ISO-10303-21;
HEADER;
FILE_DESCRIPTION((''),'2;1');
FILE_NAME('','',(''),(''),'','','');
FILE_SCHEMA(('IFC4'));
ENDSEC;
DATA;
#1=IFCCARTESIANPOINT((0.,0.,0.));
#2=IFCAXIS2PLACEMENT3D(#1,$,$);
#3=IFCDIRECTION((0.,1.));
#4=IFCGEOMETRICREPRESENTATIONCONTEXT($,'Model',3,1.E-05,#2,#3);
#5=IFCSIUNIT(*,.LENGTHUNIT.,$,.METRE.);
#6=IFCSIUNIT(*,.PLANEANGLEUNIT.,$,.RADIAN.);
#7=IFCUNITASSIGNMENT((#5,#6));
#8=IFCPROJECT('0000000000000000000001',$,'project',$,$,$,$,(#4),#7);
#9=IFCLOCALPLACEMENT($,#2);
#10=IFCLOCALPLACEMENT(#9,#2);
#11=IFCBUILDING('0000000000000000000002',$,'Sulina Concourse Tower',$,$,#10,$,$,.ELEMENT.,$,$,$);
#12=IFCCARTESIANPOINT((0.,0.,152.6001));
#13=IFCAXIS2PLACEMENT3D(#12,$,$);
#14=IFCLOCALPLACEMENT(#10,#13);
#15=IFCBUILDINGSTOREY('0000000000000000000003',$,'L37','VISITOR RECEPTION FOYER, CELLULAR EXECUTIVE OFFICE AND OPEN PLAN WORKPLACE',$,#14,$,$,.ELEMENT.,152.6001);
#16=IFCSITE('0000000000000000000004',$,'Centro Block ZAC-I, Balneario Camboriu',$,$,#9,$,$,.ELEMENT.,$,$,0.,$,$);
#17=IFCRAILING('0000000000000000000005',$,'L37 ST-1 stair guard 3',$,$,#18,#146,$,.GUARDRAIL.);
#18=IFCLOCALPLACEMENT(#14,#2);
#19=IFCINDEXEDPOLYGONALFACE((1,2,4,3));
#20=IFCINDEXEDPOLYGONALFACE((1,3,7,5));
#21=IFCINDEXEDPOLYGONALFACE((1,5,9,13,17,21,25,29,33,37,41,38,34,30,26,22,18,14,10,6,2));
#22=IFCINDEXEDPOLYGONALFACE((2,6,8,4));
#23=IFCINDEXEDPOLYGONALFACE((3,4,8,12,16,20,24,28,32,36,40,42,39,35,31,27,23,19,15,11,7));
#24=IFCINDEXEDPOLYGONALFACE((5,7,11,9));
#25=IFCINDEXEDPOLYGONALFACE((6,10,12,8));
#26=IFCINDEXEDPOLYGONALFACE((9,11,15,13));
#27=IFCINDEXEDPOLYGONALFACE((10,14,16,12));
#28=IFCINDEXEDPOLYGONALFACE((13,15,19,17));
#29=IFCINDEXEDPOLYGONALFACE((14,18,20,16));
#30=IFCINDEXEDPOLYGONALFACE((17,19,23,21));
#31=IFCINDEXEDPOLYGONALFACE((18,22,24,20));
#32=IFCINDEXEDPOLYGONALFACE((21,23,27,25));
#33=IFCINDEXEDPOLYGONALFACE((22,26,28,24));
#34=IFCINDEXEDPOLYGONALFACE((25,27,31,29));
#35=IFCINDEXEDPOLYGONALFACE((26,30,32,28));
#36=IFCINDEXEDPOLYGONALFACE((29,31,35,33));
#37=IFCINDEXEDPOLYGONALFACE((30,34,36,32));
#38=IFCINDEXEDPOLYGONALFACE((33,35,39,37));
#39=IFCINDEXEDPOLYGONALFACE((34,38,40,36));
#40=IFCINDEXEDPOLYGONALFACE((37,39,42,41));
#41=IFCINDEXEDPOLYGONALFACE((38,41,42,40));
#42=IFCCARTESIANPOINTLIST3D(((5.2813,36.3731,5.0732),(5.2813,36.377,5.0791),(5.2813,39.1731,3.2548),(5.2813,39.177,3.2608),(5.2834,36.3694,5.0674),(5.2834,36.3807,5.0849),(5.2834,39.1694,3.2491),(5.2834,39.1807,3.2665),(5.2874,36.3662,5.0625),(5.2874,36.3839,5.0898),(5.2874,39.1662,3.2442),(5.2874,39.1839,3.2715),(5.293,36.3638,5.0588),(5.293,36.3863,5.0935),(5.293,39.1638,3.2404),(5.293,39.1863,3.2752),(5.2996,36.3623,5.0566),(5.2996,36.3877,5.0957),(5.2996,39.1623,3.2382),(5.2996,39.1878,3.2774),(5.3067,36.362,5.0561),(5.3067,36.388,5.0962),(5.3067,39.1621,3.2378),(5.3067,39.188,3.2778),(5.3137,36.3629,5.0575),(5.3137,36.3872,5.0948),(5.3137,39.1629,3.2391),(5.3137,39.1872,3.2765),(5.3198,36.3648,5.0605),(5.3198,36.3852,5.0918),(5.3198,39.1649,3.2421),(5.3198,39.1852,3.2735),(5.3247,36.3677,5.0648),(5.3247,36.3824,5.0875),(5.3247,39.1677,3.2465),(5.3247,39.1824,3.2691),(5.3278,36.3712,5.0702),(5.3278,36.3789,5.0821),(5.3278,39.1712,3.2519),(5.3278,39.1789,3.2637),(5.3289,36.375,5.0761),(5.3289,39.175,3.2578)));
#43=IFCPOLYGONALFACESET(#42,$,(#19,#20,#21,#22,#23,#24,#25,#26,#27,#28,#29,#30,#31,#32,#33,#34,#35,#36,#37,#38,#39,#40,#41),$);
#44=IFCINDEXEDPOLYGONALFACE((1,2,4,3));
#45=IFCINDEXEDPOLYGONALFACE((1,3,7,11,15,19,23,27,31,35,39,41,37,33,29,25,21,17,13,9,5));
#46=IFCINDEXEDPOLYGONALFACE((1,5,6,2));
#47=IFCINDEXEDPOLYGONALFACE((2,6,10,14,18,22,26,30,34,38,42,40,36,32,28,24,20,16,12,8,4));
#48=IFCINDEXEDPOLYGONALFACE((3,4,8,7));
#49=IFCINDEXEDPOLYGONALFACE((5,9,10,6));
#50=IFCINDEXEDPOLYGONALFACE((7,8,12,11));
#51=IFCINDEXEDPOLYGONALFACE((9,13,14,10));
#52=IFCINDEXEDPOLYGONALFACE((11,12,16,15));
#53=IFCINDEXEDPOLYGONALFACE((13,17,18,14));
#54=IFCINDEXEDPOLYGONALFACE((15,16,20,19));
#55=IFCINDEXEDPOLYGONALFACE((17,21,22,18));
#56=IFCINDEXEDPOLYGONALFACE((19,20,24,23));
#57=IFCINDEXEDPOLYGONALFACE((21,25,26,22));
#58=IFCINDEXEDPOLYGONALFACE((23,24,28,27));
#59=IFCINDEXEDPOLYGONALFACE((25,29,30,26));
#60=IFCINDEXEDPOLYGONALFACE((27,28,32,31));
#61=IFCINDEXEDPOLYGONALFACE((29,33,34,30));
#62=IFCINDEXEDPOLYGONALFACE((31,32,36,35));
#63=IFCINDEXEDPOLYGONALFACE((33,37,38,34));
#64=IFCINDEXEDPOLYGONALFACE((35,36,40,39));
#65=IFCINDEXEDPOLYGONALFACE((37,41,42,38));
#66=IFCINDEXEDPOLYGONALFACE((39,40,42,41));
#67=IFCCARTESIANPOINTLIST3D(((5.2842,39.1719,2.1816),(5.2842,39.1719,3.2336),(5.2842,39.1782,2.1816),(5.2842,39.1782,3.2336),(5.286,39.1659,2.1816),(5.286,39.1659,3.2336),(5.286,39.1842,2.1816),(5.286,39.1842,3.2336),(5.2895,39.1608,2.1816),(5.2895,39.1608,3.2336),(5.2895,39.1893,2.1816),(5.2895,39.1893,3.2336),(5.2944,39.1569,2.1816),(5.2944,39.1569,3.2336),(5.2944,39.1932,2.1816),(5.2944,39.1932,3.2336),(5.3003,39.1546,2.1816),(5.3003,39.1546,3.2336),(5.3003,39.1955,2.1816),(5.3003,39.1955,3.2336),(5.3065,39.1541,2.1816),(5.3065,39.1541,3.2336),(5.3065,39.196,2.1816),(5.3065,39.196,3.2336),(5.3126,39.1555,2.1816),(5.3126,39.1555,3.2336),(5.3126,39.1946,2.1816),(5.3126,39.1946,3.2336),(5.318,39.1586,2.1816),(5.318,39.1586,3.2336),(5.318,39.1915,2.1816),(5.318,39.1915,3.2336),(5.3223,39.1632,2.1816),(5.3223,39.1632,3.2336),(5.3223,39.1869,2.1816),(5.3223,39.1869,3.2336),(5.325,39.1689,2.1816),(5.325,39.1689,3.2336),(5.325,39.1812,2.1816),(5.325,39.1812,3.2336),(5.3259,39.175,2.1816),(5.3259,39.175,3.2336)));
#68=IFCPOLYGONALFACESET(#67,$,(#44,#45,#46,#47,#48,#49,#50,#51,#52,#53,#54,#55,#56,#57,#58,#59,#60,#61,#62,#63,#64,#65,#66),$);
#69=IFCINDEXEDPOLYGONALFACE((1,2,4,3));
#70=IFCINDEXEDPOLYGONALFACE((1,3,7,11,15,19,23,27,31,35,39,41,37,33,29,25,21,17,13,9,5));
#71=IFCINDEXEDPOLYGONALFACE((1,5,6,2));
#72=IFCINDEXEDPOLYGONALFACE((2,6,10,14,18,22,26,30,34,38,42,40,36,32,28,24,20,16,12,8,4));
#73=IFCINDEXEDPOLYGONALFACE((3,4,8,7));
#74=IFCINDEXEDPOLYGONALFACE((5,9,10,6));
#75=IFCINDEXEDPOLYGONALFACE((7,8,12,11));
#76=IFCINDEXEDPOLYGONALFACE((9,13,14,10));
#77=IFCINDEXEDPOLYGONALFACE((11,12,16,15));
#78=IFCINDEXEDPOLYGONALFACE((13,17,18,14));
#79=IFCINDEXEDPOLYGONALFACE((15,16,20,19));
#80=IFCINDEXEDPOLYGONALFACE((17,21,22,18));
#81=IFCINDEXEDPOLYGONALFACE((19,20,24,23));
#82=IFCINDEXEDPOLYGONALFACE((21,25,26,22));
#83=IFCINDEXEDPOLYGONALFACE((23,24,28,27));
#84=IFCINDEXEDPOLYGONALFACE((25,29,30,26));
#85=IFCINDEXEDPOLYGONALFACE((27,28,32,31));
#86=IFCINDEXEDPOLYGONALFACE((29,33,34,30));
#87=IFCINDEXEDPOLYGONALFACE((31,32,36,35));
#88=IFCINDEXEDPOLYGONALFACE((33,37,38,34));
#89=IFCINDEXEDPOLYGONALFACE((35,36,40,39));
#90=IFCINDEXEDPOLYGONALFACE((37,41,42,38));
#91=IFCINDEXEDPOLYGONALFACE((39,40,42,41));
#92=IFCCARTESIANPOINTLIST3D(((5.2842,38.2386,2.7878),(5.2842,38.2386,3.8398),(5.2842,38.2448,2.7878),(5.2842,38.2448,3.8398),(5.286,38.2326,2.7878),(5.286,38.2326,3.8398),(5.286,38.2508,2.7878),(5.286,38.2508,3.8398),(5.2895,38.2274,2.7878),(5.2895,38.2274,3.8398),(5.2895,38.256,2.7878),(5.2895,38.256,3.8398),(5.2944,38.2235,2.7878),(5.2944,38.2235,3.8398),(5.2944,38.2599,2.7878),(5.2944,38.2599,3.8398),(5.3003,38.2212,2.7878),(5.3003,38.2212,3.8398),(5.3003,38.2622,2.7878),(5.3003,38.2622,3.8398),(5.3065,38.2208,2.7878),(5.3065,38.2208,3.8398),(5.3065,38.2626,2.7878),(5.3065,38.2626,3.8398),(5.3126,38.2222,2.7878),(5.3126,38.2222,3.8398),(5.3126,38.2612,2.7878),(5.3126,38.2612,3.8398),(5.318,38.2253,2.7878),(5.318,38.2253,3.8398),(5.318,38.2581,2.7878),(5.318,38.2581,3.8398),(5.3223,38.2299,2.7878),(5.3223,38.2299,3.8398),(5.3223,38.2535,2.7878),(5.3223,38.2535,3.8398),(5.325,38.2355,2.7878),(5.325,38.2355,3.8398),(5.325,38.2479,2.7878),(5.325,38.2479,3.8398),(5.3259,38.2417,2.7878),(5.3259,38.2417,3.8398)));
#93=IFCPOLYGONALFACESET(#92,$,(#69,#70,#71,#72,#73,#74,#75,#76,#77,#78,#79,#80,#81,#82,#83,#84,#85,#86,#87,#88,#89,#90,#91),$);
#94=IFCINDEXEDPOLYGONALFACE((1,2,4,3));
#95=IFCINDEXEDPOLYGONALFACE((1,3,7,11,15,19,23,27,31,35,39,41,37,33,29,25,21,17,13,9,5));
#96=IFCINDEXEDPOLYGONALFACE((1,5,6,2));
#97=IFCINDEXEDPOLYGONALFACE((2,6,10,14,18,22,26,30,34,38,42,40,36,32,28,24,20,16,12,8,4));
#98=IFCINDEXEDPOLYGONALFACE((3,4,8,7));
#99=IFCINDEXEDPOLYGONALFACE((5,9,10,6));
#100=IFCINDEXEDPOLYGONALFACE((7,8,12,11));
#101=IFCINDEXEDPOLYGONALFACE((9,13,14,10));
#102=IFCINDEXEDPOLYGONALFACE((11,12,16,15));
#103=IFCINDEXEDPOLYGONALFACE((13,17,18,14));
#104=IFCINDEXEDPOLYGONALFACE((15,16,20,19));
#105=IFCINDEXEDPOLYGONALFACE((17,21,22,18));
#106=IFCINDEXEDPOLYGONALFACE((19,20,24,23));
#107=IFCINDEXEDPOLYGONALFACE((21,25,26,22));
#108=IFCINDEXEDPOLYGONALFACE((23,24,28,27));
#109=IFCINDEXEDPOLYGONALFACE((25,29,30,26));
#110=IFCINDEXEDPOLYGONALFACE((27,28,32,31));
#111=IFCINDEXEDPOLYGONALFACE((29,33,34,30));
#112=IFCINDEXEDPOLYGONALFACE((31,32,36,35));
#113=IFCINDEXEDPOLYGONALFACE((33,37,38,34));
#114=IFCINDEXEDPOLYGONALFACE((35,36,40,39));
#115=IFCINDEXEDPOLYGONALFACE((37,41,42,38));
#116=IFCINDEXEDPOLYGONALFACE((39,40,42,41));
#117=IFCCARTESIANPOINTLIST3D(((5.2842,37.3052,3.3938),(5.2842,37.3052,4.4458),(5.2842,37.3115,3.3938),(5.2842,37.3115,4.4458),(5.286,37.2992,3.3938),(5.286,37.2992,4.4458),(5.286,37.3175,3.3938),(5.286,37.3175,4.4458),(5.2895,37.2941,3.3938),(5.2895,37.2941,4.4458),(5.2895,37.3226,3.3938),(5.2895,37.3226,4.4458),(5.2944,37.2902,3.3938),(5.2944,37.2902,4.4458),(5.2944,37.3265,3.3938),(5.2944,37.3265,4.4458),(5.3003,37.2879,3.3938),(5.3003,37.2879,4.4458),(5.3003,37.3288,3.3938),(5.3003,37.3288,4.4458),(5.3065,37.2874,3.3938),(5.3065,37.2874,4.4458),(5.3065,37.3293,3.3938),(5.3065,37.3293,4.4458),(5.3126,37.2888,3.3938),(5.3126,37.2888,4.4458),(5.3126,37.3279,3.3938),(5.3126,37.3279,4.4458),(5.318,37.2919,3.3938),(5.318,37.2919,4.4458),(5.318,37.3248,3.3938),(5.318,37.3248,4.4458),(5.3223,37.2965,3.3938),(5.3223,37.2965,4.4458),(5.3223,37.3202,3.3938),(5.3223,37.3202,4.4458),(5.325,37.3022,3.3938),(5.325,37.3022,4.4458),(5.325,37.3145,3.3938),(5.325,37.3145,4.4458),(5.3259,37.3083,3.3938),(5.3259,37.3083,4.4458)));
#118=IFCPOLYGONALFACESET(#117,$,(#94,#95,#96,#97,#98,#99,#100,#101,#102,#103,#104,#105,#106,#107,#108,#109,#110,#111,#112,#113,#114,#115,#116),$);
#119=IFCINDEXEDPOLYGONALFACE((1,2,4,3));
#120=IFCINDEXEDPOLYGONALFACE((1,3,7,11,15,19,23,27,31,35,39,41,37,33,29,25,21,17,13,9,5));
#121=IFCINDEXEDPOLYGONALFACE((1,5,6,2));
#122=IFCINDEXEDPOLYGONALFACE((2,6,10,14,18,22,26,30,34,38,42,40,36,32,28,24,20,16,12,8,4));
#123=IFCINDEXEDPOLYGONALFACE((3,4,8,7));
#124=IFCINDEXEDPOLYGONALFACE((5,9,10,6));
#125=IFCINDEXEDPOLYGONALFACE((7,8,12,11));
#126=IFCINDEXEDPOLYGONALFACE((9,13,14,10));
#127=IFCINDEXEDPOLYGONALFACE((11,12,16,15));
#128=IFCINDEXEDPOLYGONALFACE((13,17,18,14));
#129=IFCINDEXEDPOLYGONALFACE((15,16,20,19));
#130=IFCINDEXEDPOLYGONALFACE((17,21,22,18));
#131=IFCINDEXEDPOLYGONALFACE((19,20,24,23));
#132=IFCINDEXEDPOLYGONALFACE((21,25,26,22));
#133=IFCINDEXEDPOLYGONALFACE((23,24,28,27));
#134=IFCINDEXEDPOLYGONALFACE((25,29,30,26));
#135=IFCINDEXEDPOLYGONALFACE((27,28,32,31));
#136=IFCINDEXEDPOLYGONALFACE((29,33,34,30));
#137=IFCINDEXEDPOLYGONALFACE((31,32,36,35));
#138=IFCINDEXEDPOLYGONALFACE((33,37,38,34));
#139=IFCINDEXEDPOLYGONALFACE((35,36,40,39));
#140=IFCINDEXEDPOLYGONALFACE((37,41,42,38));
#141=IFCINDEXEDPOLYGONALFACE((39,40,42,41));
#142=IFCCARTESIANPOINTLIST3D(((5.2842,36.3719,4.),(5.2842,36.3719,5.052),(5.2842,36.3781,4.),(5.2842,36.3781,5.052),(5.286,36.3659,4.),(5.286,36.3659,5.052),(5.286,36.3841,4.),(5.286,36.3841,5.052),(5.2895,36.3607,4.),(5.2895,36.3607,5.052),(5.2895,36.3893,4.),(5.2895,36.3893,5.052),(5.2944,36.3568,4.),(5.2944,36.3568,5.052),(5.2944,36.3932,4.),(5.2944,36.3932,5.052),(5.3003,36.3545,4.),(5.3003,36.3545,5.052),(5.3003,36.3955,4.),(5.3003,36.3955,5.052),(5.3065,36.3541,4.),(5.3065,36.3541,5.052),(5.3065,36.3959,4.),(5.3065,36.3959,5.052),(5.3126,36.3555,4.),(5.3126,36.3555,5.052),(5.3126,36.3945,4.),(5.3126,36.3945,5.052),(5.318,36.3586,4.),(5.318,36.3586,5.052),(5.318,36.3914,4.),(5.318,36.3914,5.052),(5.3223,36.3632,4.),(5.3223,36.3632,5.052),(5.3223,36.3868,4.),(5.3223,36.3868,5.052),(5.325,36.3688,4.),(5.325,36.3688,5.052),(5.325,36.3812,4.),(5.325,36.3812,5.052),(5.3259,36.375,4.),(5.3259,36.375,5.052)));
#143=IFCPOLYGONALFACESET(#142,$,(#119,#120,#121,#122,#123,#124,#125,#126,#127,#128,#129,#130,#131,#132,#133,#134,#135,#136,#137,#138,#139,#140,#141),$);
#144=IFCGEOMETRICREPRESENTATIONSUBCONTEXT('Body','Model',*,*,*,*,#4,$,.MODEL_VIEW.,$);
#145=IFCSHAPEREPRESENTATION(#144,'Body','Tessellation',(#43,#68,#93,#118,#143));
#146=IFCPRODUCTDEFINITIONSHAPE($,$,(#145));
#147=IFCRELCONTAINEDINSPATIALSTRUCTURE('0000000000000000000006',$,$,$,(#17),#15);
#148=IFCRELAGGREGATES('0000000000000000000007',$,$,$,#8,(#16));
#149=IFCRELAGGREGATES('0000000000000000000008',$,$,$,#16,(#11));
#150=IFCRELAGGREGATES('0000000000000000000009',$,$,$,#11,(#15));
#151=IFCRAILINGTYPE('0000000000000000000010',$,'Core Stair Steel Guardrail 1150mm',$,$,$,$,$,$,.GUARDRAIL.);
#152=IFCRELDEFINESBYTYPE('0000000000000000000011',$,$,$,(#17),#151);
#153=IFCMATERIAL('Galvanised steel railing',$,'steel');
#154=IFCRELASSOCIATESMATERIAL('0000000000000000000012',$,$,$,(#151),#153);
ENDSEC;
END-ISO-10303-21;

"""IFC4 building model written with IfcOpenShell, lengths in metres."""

from ifc_helpers import new_model, si_unit, direction, frame, origin, origin_2d, place, context, subcontext, project, spatial, circle, extrude, material, type_object, element, save


model = new_model("IFC4")

# Units and contexts
model_context = context("Model", 3, precision=1e-05, world=origin(), true_north=direction((0.0, 1.0)))
body_context = subcontext(model_context, "Body", "Model", "MODEL_VIEW")
ifc_project = project(units=[si_unit("LENGTHUNIT", "METRE"), si_unit("PLANEANGLEUNIT", "RADIAN")], contexts=[model_context])

# Site, building, storey
site_placement = place(None, origin())
site = spatial("IfcSite", under=ifc_project, at=site_placement, Name="Centro Block ZAC-I, Balneario Camboriu", CompositionType="ELEMENT", RefElevation=0.0)
building_placement = place(site_placement, origin())
building = spatial("IfcBuilding", under=site, at=building_placement, Name="Sulina Concourse Tower", CompositionType="ELEMENT")
storey_placement = place(building_placement, frame((0.0, 0.0, 152.6001)))
storey = spatial("IfcBuildingStorey", under=building, at=storey_placement, Name="L37", Description="VISITOR RECEPTION FOYER, CELLULAR EXECUTIVE OFFICE AND OPEN PLAN WORKPLACE", CompositionType="ELEMENT", Elevation=152.6001)

# Railing
ifc_material_1 = material(Name="Galvanised steel railing", Category="steel")
railing_type_1 = type_object("IfcRailingType", Name="Core Stair Steel Guardrail 1150mm", PredefinedType="GUARDRAIL", material=ifc_material_1)
railing_1_placement = place(storey_placement, frame((5.3049, 39.175, 2.1816)))
element("IfcRailing", 1, at=railing_1_placement, inside=storey, type_object=railing_type_1, Name="L37 ST-1 stair guard 3", PredefinedType="GUARDRAIL", context=body_context, shape_type="SweptSolid", body=[
    extrude(circle(Radius=0.0239, at=origin_2d()), frame((0.0, 0.0, 1.0762), z_axis=(0.0, -0.838672, 0.544636), x_axis=(1.0, 0.0, 0.0)), (0.0, 0.0, 1.0), 3.3386),
    extrude(circle(Radius=0.021, at=origin_2d()), origin(), (0.0, 0.0, 1.0), 1.052),
    extrude(circle(Radius=0.021, at=origin_2d()), frame((0.0, -0.9333, 0.6062)), (0.0, 0.0, 1.0), 1.052),
    extrude(circle(Radius=0.021, at=origin_2d()), frame((0.0, -1.8667, 1.2122)), (0.0, 0.0, 1.0), 1.052),
    extrude(circle(Radius=0.021, at=origin_2d()), frame((0.0, -2.8, 1.8184)), (0.0, 0.0, 1.0), 1.052),
])

save(model, "model.ifc")
